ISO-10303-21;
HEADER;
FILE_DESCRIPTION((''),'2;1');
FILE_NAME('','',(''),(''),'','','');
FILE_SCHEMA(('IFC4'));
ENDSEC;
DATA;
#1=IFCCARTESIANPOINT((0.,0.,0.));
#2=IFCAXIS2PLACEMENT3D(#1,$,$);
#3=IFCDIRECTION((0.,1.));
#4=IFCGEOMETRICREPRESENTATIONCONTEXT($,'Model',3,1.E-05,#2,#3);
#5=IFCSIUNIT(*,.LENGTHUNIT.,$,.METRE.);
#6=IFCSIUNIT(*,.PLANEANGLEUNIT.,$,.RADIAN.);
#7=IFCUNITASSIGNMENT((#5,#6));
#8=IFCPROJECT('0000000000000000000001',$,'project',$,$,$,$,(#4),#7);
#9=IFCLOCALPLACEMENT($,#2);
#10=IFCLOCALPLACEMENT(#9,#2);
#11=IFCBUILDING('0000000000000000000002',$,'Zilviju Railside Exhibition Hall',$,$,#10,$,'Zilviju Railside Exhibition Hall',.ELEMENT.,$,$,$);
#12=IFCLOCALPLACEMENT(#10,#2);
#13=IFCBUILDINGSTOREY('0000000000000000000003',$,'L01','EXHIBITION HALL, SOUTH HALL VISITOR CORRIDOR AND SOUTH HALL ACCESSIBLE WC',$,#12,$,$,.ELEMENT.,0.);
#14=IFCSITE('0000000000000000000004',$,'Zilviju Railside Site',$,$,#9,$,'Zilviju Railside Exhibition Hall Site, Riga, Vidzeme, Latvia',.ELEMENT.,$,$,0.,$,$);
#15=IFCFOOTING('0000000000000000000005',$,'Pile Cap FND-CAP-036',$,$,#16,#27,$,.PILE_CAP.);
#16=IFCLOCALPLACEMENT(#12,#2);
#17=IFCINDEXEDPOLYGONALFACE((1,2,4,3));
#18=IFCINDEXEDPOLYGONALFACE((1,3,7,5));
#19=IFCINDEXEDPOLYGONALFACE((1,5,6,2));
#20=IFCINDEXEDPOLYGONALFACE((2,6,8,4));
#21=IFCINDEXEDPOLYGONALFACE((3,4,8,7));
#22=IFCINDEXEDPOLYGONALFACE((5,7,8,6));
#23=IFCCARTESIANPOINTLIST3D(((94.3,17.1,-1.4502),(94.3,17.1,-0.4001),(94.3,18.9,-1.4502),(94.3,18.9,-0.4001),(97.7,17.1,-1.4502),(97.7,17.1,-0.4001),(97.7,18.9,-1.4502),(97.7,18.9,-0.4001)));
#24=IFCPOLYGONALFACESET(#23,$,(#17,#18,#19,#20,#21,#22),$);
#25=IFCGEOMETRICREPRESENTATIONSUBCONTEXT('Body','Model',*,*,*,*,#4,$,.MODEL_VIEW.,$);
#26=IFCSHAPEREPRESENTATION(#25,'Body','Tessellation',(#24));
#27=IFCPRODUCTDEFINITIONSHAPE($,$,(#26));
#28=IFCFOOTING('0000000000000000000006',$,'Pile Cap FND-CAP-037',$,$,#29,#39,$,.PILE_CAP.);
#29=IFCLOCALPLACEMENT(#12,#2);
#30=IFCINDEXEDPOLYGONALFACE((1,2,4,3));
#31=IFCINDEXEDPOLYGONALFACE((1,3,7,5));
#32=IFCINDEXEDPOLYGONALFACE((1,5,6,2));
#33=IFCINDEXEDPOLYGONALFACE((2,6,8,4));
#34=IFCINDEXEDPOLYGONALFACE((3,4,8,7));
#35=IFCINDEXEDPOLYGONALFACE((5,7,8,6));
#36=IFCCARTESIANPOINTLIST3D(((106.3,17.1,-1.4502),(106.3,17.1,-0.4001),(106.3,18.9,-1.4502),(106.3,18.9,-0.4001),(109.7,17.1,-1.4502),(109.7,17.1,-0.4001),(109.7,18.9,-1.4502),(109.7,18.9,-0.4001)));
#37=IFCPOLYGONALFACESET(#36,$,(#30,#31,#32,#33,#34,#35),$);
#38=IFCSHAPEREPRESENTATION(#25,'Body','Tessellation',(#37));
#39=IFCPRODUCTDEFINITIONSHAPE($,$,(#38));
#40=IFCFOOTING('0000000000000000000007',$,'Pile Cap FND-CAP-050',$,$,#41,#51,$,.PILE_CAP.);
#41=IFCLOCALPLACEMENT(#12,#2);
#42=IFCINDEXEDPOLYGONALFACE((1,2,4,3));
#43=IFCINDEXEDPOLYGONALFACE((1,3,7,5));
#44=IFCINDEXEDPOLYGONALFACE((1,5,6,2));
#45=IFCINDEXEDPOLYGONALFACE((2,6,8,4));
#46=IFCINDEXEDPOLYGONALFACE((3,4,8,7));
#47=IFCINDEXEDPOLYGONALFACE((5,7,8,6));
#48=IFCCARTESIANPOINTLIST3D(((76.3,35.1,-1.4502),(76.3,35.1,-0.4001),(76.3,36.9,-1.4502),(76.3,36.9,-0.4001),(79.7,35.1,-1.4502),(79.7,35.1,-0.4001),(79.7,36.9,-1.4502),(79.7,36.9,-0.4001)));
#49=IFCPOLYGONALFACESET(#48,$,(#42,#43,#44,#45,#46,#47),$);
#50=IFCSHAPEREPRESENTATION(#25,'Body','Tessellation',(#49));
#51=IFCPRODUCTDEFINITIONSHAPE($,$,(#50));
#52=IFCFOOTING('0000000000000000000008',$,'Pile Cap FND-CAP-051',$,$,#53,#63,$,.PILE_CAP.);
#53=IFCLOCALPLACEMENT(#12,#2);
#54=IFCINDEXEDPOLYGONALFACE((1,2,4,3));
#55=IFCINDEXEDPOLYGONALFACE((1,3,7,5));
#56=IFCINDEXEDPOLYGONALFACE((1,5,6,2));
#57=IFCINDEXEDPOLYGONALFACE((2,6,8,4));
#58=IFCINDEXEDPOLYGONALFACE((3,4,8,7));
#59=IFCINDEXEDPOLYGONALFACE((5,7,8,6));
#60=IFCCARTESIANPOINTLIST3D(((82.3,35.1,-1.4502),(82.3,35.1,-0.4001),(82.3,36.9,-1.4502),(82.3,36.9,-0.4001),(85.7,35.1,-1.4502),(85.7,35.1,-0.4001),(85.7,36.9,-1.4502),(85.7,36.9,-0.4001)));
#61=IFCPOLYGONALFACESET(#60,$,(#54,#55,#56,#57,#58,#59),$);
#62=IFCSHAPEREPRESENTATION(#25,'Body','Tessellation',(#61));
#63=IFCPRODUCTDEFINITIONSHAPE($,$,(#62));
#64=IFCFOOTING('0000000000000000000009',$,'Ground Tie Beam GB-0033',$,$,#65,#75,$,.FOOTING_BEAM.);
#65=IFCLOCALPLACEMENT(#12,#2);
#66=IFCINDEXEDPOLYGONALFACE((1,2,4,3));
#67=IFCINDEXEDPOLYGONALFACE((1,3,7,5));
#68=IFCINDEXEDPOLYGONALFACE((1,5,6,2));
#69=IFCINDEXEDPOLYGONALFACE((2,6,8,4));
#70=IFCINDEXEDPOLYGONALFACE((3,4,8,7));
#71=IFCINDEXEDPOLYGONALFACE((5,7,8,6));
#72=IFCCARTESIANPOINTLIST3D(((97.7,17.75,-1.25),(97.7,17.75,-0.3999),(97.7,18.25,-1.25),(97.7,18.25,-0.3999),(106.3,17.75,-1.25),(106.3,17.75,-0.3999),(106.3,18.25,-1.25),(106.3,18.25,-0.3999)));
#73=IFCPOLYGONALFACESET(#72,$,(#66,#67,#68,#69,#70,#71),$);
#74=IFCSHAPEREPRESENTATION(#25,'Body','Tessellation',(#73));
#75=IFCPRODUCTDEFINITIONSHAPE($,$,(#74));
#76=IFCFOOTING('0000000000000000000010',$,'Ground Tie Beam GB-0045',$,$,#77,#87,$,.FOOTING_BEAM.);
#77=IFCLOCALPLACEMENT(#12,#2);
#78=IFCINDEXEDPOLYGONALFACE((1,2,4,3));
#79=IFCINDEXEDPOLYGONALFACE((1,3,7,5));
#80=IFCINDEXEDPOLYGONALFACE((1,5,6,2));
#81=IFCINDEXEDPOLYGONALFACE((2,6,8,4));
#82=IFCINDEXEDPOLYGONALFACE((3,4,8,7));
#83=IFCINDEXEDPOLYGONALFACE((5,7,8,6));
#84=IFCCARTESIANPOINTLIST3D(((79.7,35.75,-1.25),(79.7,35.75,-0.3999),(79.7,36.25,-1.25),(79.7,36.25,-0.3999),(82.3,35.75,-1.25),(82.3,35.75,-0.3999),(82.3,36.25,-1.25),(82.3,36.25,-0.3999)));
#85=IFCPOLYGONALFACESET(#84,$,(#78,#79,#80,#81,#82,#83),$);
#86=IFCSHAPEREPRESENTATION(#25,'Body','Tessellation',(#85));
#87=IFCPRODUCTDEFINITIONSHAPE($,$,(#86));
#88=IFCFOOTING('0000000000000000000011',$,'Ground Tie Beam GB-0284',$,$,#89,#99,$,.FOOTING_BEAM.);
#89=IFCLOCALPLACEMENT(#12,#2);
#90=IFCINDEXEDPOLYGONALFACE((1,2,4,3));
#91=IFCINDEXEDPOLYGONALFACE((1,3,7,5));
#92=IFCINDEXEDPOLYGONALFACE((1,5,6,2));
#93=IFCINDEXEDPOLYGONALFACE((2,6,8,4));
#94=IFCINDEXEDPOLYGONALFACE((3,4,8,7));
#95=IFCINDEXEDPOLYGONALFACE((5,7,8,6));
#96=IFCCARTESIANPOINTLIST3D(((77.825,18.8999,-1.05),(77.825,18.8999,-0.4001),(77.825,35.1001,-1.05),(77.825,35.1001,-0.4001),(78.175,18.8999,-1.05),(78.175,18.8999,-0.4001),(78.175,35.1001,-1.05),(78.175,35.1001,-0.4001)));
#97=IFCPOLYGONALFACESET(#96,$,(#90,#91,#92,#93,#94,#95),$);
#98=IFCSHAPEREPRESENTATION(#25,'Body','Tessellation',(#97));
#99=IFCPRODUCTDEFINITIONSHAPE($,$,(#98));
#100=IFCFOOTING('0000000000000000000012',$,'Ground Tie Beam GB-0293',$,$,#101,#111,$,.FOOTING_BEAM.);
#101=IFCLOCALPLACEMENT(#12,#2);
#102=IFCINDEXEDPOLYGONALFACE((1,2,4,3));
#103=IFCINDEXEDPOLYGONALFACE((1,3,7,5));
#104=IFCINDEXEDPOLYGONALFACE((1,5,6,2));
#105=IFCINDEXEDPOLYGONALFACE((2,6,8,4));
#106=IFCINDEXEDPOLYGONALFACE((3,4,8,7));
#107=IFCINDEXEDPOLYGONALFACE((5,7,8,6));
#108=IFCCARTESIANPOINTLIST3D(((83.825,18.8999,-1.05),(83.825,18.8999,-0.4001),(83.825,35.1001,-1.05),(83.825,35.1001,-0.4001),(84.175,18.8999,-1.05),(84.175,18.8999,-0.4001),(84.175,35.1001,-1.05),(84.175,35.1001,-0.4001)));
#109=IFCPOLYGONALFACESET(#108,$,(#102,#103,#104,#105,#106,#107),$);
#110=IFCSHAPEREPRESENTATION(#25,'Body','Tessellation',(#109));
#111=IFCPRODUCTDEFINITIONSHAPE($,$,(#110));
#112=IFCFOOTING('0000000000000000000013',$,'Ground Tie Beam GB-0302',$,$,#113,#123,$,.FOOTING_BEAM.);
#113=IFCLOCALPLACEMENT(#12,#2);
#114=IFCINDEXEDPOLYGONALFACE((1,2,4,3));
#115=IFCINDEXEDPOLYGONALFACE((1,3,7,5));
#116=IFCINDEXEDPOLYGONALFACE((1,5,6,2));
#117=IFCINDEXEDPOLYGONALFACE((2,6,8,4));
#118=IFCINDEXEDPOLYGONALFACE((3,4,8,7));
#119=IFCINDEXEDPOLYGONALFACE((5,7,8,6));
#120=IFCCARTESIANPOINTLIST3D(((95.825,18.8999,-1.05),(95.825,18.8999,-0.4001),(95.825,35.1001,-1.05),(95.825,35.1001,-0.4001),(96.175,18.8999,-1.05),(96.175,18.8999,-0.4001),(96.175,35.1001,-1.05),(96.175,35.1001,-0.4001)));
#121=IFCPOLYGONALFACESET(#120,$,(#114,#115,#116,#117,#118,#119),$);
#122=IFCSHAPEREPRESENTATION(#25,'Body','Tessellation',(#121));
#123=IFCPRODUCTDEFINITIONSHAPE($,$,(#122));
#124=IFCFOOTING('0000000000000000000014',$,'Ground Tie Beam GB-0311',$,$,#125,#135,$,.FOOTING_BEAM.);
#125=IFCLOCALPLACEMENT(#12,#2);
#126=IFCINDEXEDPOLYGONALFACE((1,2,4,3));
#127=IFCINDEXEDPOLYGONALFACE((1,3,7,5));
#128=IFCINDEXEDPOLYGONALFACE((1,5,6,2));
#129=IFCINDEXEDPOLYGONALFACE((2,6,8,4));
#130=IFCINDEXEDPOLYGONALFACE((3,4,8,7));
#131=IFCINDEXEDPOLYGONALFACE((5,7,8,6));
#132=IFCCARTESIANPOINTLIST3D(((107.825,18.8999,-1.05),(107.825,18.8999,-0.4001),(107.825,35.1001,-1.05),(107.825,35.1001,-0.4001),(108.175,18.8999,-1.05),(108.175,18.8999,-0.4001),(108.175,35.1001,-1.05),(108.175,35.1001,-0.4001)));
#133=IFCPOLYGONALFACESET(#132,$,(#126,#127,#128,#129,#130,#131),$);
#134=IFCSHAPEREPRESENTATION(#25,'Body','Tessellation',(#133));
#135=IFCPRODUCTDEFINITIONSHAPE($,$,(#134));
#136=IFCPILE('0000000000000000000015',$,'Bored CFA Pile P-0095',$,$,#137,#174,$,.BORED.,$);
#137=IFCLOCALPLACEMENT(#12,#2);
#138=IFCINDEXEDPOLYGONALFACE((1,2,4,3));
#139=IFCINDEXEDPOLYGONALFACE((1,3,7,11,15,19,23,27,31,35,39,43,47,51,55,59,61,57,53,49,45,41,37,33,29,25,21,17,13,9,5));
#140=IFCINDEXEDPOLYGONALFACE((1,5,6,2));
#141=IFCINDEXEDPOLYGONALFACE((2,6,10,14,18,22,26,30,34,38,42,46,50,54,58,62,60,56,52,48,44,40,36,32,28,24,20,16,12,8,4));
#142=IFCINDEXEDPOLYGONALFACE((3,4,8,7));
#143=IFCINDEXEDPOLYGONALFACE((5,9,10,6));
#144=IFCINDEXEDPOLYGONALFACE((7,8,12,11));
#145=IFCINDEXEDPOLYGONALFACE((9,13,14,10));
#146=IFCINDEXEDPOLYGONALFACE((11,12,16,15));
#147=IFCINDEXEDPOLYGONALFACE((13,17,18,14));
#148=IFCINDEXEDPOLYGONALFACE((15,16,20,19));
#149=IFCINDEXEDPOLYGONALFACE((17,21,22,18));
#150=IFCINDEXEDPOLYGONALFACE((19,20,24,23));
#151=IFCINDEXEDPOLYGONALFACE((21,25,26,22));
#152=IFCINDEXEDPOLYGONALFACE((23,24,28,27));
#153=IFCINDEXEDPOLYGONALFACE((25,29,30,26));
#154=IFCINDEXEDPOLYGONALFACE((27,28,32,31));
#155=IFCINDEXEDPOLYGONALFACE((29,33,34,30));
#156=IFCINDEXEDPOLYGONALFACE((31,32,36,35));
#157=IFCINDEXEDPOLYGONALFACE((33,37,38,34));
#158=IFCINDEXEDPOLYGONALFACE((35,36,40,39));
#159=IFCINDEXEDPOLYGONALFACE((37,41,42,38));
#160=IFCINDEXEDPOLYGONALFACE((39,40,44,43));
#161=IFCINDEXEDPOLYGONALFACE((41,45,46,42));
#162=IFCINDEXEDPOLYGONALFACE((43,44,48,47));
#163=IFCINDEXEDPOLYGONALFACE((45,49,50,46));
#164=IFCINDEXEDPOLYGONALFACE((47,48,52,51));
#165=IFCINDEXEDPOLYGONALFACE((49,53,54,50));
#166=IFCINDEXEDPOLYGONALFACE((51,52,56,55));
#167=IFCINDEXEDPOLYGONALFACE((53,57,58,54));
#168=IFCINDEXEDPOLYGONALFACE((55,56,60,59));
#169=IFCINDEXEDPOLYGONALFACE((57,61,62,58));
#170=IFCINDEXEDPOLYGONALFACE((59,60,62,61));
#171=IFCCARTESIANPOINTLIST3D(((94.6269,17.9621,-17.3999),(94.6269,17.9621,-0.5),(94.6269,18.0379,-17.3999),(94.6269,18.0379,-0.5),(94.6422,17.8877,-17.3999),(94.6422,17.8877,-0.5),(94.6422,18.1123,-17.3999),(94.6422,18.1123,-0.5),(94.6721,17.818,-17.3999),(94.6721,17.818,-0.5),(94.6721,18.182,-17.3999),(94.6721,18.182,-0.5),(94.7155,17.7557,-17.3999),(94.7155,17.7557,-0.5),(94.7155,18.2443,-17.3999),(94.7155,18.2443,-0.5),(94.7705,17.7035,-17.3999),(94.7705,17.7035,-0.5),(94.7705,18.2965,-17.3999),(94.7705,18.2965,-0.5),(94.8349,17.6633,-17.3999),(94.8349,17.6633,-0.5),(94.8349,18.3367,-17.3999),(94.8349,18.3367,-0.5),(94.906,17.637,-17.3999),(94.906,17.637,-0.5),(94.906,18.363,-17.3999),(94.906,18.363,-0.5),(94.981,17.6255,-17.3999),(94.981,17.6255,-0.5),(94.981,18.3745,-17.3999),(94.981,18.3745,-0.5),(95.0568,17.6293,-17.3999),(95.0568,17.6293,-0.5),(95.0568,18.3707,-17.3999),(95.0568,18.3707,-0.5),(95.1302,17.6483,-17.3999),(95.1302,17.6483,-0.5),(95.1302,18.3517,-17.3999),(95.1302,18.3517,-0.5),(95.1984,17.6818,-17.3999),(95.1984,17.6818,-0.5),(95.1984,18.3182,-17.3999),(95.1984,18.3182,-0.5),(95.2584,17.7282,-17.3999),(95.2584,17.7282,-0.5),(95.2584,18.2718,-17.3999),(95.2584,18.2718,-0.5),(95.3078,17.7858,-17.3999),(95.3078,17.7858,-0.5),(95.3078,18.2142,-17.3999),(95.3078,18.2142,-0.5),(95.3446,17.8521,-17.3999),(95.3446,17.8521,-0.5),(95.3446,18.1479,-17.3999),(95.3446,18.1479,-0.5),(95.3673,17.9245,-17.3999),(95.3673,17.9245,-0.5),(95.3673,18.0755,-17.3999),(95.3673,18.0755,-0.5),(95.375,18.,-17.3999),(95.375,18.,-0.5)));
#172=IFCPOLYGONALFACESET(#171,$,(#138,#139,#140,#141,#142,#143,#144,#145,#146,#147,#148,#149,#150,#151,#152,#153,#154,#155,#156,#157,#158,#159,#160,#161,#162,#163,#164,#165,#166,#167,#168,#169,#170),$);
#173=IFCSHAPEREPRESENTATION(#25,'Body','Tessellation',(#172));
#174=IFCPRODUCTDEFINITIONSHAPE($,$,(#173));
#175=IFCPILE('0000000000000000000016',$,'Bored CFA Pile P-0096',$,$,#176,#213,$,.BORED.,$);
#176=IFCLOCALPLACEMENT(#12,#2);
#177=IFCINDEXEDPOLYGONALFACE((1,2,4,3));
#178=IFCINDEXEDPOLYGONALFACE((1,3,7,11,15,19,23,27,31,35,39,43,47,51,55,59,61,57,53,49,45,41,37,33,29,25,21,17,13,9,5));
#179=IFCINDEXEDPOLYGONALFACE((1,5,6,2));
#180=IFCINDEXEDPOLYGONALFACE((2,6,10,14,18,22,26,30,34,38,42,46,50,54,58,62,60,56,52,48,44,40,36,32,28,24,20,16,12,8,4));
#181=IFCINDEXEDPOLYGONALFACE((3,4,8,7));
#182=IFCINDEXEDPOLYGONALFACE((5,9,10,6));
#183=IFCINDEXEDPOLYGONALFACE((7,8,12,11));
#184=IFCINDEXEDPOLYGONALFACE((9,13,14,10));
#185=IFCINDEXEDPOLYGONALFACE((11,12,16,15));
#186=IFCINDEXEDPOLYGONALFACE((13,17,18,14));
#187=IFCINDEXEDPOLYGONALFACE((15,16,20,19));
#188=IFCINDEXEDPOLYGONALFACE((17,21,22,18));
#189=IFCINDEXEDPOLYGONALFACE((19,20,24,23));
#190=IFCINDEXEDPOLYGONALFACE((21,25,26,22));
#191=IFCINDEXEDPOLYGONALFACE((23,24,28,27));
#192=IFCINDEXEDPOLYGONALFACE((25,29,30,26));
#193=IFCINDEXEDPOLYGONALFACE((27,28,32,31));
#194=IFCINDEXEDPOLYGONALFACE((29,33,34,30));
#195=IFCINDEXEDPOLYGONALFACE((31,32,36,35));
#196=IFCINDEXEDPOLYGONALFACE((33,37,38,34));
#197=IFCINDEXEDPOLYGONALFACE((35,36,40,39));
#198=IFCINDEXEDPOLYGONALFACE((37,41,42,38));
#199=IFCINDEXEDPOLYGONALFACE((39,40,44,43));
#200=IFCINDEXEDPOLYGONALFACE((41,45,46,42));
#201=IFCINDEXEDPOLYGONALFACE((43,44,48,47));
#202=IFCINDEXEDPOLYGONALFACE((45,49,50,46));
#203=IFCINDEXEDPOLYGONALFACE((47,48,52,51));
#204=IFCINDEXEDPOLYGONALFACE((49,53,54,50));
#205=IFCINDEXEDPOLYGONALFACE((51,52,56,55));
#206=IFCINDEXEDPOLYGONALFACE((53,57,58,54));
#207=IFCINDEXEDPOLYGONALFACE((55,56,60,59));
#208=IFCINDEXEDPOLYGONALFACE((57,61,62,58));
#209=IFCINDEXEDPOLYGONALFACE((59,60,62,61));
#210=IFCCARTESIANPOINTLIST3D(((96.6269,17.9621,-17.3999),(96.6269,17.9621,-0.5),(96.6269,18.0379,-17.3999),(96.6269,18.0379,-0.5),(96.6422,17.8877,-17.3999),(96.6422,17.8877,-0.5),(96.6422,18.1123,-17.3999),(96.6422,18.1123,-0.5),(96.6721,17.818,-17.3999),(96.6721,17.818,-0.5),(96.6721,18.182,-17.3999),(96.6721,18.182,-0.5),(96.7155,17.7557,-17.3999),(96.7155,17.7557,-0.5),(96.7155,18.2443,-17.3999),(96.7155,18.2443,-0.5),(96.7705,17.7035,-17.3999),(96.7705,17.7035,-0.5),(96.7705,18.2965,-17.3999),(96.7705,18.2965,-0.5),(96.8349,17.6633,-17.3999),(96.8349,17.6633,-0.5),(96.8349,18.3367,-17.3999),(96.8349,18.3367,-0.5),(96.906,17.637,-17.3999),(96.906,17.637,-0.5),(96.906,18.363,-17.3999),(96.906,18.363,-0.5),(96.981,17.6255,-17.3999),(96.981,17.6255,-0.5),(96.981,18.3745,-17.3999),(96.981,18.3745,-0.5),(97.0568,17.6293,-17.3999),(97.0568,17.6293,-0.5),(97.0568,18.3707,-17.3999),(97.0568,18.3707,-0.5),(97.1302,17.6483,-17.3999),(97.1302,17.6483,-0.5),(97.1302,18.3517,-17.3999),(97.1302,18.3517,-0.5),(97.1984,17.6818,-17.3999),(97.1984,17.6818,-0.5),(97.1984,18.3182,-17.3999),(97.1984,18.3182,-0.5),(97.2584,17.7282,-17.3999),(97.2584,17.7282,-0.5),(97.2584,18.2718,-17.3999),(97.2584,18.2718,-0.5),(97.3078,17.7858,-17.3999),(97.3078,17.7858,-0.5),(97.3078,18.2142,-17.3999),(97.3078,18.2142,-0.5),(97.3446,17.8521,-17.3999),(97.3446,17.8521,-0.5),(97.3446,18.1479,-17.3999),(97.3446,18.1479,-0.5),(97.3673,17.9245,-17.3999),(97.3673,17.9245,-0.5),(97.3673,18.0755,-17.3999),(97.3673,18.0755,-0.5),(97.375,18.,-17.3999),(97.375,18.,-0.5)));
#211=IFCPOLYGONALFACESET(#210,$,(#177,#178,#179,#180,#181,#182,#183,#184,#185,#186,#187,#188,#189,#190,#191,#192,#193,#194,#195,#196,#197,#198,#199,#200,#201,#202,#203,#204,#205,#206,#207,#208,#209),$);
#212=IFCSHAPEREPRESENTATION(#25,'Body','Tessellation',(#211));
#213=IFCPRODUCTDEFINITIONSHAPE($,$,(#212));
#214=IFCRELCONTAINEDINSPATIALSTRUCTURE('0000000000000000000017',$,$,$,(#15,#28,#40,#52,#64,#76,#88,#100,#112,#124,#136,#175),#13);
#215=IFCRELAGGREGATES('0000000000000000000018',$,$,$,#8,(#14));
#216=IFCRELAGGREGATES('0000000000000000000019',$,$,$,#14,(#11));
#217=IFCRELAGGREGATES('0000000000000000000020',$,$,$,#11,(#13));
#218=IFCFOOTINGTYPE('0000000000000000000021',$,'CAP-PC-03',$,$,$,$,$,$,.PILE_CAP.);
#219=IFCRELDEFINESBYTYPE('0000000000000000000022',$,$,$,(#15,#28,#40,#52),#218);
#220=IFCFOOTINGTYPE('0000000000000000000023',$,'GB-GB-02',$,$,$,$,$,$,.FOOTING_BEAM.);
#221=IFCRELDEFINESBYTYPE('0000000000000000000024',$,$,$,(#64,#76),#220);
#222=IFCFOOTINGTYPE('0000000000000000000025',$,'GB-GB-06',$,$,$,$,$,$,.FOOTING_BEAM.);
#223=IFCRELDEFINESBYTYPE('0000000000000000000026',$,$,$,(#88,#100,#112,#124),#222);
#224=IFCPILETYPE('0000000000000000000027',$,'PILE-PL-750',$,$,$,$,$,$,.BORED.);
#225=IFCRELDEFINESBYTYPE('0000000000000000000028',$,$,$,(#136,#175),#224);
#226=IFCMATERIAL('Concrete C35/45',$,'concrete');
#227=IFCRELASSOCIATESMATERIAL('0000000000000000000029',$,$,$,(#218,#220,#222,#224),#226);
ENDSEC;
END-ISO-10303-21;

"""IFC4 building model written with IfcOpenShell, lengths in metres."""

from ifc_helpers import new_model, si_unit, direction, frame, origin, origin_2d, place, context, subcontext, project, spatial, rectangle, circle, extrude, material, material_profile, profile_set, type_object, element, save


model = new_model("IFC4")

# Units and contexts
model_context = context("Model", 3, precision=1e-05, world=origin(), true_north=direction((0.0, 1.0)))
body_context = subcontext(model_context, "Body", "Model", "MODEL_VIEW")
ifc_project = project(units=[si_unit("LENGTHUNIT", "METRE"), si_unit("PLANEANGLEUNIT", "RADIAN")], contexts=[model_context])

# Site, building, storey
site_placement = place(None, origin())
site = spatial("IfcSite", under=ifc_project, at=site_placement, Name="Zilviju Railside Site", LongName="Zilviju Railside Exhibition Hall Site, Riga, Vidzeme, Latvia", CompositionType="ELEMENT", RefElevation=0.0)
building_placement = place(site_placement, origin())
building = spatial("IfcBuilding", under=site, at=building_placement, Name="Zilviju Railside Exhibition Hall", LongName="Zilviju Railside Exhibition Hall", CompositionType="ELEMENT")
storey_placement = place(building_placement, origin())
storey = spatial("IfcBuildingStorey", under=building, at=storey_placement, Name="L01", Description="EXHIBITION HALL, SOUTH HALL VISITOR CORRIDOR AND SOUTH HALL ACCESSIBLE WC", CompositionType="ELEMENT", Elevation=0.0)

# Footings
ifc_material_1 = material(Name="Concrete C35/45", Category="concrete")
footing_type_1 = type_object("IfcFootingType", Name="CAP-PC-03", PredefinedType="PILE_CAP", material=ifc_material_1)
for number, where, z_axis, x_axis, name in (
    (1, (96.0, 18.0, -1.4502), (0.0, 0.0, 1.0), (1.0, 0.0, 0.0), "Pile Cap FND-CAP-036"),
    (2, (108.0, 18.0, -1.4502), (0.0, 0.0, 1.0), (1.0, 0.0, 0.0), "Pile Cap FND-CAP-037"),
    (3, (78.0, 36.0, -1.4502), (0.0, 0.0, 1.0), (1.0, 0.0, 0.0), "Pile Cap FND-CAP-050"),
    (4, (84.0, 36.0, -1.4502), (0.0, 0.0, 1.0), (1.0, 0.0, 0.0), "Pile Cap FND-CAP-051"),
):
    element("IfcFooting", number, at=place(storey_placement, frame(where, z_axis=z_axis, x_axis=x_axis)), inside=storey, type_object=footing_type_1, Name=name, PredefinedType="PILE_CAP", context=body_context, shape_type="SweptSolid", body=[
        extrude(rectangle(XDim=3.3999, YDim=1.8, at=origin_2d()), origin(), (0.0, 0.0, 1.0), 1.05),
    ])
ifc_material_profile_1 = material_profile(ifc_material_1, rectangle(XDim=0.5, YDim=0.8501, at=origin_2d()), Name="TIE BEAM 500x850")
ifc_profile_set_1 = profile_set([ifc_material_profile_1], Name="Concrete C35/45")
footing_type_2 = type_object("IfcFootingType", Name="GB-GB-02", PredefinedType="FOOTING_BEAM", material=ifc_profile_set_1)
footing_1_placement = place(storey_placement, frame((97.7, 18.0, -0.825), z_axis=(1.0, 0.0, 0.0), x_axis=(0.0, 1.0, 0.0)))
element("IfcFooting", 5, at=footing_1_placement, inside=storey, type_object=footing_type_2, Name="Ground Tie Beam GB-0033", PredefinedType="FOOTING_BEAM", context=body_context, shape_type="SweptSolid", body=[
    extrude(rectangle(XDim=0.5, YDim=0.8501, at=origin_2d()), origin(), (0.0, 0.0, 1.0), 8.6001),
])
footing_2_placement = place(storey_placement, frame((79.7, 36.0, -0.825), z_axis=(1.0, 0.0, 0.0), x_axis=(0.0, 1.0, 0.0)))
element("IfcFooting", 6, at=footing_2_placement, inside=storey, type_object=footing_type_2, Name="Ground Tie Beam GB-0045", PredefinedType="FOOTING_BEAM", context=body_context, shape_type="SweptSolid", body=[
    extrude(rectangle(XDim=0.5, YDim=0.8501, at=origin_2d()), origin(), (0.0, 0.0, 1.0), 2.6001),
])
ifc_material_profile_2 = material_profile(ifc_material_1, rectangle(XDim=0.3501, YDim=0.6499, at=origin_2d()), Name="TIE BEAM 350x650")
ifc_profile_set_2 = profile_set([ifc_material_profile_2], Name="Concrete C35/45")
footing_type_3 = type_object("IfcFootingType", Name="GB-GB-06", PredefinedType="FOOTING_BEAM", material=ifc_profile_set_2)
for number, where, z_axis, x_axis, name in (
    (7, (78.0, 18.8999, -0.7251), (0.0, 1.0, 0.0), (-1.0, 0.0, 0.0), "Ground Tie Beam GB-0284"),
    (8, (84.0, 18.8999, -0.7251), (0.0, 1.0, 0.0), (-1.0, 0.0, 0.0), "Ground Tie Beam GB-0293"),
    (9, (96.0, 18.8999, -0.7251), (0.0, 1.0, 0.0), (-1.0, 0.0, 0.0), "Ground Tie Beam GB-0302"),
    (10, (108.0, 18.8999, -0.7251), (0.0, 1.0, 0.0), (-1.0, 0.0, 0.0), "Ground Tie Beam GB-0311"),
):
    element("IfcFooting", number, at=place(storey_placement, frame(where, z_axis=z_axis, x_axis=x_axis)), inside=storey, type_object=footing_type_3, Name=name, PredefinedType="FOOTING_BEAM", context=body_context, shape_type="SweptSolid", body=[
        extrude(rectangle(XDim=0.3501, YDim=0.6499, at=origin_2d()), origin(), (0.0, 0.0, 1.0), 16.2002),
    ])

# Piles
ifc_material_profile_3 = material_profile(ifc_material_1, circle(Radius=0.375, at=origin_2d()), Name="CFA PILE D750")
ifc_profile_set_3 = profile_set([ifc_material_profile_3], Name="Concrete C35/45")
pile_type = type_object("IfcPileType", Name="PILE-PL-750", PredefinedType="BORED", material=ifc_profile_set_3)
for number, where, z_axis, x_axis, name in (
    (11, (95.0, 18.0, -0.5), (0.0, 0.0, -1.0), (1.0, 0.0, 0.0), "Bored CFA Pile P-0095"),
    (12, (97.0, 18.0, -0.5), (0.0, 0.0, -1.0), (1.0, 0.0, 0.0), "Bored CFA Pile P-0096"),
):
    element("IfcPile", number, at=place(storey_placement, frame(where, z_axis=z_axis, x_axis=x_axis)), inside=storey, type_object=pile_type, Name=name, PredefinedType="BORED", context=body_context, shape_type="SweptSolid", body=[
        extrude(circle(Radius=0.375, at=origin_2d()), origin(), (0.0, 0.0, 1.0), 16.8999),
    ])

save(model, "model.ifc")
